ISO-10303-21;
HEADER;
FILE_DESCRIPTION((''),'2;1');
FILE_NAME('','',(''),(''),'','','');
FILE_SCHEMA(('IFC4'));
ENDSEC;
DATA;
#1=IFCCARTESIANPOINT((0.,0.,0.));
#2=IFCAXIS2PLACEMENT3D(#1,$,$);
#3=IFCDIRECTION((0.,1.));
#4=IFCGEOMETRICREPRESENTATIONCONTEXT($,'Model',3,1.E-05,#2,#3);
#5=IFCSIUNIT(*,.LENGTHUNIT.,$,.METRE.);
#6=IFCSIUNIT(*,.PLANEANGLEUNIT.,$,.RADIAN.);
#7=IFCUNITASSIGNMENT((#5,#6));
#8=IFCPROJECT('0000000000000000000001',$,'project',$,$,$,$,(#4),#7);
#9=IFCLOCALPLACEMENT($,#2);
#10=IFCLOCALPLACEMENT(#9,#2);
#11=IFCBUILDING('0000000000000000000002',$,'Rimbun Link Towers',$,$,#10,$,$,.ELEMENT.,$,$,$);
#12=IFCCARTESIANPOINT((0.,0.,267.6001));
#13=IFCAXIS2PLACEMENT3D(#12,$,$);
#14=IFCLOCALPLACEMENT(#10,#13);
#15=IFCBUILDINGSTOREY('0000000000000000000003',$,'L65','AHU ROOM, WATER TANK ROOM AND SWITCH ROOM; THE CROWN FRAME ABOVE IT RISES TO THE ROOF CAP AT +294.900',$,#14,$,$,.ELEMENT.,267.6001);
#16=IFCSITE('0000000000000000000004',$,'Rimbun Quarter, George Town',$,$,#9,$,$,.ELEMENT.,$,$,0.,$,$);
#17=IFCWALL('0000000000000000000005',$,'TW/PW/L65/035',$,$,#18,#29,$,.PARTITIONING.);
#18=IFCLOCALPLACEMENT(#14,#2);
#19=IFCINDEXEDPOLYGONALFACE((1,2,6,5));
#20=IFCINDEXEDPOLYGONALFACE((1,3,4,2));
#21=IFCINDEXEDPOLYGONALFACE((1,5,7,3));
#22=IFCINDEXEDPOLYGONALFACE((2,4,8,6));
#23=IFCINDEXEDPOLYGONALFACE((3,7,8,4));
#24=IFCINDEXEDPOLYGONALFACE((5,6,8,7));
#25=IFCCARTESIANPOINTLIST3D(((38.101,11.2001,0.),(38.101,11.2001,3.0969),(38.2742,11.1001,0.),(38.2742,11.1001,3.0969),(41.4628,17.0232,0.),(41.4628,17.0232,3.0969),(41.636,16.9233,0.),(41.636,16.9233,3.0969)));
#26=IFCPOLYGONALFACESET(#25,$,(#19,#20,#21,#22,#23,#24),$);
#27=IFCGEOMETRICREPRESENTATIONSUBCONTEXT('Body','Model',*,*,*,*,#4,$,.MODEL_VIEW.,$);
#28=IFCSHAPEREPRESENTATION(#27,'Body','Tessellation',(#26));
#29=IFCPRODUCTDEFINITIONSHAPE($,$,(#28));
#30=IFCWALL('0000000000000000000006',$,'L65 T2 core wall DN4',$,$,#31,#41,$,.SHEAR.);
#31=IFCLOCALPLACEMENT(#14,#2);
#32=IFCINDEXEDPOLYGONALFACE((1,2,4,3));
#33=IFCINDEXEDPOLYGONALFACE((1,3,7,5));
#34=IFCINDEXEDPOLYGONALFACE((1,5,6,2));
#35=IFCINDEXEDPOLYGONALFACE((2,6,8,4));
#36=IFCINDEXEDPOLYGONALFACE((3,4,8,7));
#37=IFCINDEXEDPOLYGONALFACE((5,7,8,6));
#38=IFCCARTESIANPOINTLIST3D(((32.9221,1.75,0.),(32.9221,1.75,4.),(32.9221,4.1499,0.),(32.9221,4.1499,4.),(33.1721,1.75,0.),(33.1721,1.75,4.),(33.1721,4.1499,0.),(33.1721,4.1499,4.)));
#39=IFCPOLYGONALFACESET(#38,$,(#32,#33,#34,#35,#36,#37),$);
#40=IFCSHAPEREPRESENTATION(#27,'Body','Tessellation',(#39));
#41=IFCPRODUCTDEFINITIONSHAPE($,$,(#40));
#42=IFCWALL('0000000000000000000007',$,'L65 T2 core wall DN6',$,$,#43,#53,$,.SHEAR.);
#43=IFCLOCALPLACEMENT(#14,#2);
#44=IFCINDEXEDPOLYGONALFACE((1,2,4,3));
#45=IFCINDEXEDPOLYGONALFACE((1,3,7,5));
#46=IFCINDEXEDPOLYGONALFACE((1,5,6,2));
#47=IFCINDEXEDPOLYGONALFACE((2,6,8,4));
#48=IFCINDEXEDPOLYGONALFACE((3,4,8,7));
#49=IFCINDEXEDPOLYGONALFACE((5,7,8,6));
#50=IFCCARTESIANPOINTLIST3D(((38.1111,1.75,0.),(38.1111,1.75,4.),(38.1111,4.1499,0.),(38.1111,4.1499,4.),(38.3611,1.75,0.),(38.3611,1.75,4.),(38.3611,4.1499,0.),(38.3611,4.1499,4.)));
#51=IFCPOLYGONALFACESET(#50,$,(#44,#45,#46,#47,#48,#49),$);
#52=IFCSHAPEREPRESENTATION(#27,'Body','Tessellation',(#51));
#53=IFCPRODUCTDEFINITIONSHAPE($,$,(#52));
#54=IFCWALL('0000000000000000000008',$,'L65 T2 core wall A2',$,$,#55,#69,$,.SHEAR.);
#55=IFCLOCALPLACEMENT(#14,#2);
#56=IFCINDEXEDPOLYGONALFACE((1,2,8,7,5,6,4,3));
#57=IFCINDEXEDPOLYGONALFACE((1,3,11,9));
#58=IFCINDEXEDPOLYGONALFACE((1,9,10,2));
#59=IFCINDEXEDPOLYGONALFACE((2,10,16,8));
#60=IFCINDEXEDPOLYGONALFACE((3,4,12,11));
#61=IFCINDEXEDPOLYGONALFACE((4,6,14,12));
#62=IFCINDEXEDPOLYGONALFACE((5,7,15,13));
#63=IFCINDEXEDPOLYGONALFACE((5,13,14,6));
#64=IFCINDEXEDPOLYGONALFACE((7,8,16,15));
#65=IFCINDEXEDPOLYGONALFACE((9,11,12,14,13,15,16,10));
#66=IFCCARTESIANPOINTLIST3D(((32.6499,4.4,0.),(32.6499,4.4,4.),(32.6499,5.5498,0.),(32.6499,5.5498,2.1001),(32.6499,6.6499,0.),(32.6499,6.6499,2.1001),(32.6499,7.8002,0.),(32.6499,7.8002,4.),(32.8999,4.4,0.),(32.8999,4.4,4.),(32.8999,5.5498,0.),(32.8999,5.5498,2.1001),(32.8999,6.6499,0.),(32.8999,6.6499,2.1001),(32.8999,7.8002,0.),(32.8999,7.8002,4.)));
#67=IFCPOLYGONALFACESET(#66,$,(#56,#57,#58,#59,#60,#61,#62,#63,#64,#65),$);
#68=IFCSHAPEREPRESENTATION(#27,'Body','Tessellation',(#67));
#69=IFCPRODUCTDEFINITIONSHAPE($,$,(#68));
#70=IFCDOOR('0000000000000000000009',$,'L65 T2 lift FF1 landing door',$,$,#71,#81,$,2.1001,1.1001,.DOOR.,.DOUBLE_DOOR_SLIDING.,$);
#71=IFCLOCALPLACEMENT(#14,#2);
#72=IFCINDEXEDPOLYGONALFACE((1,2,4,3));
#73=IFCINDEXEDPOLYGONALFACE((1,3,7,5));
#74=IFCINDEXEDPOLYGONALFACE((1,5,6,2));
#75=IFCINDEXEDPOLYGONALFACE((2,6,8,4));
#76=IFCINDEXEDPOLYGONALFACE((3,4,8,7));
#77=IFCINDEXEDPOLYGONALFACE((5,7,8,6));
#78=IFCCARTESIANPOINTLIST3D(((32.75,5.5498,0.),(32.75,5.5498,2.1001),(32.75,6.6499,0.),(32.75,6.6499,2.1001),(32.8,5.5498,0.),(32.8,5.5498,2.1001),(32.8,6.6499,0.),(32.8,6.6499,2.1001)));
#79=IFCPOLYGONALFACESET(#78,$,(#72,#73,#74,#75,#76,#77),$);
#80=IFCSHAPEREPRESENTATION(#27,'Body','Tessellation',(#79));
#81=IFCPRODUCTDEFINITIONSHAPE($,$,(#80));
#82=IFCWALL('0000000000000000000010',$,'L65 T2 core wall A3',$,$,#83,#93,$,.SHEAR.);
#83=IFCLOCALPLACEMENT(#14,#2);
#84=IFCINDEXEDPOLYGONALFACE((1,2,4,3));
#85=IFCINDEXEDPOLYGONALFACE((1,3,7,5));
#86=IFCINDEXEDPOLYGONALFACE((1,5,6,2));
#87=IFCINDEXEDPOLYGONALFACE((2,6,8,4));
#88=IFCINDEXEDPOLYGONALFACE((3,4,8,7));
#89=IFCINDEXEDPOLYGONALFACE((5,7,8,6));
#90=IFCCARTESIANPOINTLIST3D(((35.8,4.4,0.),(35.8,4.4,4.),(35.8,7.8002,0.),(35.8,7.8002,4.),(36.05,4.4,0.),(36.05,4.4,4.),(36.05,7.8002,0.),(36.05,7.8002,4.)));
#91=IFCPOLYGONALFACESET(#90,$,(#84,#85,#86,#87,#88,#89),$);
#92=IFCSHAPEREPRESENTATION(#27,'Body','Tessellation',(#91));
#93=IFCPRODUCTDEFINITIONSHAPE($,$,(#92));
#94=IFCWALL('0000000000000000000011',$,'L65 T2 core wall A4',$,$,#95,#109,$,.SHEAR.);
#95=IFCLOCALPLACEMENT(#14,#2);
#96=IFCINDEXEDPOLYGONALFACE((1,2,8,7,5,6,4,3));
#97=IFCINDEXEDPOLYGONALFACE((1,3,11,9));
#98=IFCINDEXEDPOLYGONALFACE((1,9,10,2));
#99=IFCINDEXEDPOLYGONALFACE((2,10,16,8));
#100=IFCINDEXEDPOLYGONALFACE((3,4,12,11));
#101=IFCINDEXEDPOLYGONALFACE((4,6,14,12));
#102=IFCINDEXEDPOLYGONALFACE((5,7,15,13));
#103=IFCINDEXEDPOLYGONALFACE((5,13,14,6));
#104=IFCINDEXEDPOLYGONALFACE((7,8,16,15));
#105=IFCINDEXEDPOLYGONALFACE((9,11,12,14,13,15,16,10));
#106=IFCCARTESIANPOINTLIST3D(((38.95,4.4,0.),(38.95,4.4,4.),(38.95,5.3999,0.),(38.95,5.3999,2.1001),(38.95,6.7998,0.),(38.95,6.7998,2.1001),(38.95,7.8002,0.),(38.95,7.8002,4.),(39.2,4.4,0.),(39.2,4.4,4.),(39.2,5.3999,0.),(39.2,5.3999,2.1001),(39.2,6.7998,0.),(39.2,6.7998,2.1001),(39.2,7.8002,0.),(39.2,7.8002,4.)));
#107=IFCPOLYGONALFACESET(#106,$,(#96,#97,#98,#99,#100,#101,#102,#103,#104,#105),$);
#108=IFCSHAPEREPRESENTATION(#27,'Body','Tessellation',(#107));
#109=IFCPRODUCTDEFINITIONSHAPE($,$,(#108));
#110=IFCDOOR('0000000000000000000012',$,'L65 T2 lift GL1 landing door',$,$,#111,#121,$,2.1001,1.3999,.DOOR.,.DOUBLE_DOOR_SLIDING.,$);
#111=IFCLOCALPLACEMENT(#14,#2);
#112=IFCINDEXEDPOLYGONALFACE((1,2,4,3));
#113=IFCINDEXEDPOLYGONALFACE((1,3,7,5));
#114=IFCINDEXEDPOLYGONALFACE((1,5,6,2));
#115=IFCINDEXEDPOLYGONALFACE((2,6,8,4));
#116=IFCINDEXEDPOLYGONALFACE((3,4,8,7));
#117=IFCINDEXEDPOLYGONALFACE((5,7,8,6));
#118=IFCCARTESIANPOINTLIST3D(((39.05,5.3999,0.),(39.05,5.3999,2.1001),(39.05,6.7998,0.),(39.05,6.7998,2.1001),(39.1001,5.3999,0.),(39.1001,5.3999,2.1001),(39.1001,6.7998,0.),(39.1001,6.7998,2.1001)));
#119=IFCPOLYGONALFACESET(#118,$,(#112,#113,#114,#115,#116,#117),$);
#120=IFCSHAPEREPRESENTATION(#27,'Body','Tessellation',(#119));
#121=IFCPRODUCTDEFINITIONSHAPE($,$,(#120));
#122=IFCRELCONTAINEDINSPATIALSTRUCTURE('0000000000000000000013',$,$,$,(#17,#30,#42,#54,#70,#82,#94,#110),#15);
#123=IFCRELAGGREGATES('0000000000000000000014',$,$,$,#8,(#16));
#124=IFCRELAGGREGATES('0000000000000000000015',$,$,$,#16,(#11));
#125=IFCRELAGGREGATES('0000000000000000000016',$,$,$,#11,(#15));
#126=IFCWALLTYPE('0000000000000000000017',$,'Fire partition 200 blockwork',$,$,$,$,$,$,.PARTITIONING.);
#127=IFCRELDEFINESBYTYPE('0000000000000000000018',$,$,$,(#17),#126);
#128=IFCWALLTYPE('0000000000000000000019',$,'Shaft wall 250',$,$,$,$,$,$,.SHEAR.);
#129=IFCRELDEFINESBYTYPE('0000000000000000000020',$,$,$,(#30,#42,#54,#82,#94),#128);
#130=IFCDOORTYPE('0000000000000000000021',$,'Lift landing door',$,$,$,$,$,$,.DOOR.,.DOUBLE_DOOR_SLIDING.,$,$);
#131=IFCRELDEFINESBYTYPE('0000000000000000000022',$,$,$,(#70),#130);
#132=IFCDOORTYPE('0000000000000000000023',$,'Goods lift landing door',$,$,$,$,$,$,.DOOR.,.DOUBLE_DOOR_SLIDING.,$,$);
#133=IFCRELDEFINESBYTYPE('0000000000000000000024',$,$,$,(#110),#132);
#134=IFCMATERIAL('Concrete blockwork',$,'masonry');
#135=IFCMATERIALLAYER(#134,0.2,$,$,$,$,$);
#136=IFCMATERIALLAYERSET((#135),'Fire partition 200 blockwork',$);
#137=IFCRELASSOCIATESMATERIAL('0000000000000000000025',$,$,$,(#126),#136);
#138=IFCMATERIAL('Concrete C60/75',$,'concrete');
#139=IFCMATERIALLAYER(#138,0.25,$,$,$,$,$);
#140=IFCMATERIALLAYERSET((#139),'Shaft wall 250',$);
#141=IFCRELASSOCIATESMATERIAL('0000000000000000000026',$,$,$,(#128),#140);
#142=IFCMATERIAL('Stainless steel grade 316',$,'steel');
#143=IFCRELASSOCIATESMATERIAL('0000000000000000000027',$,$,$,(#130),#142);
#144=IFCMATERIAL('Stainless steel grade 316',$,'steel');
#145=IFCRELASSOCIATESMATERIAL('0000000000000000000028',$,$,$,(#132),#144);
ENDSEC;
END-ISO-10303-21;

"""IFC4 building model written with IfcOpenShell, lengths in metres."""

from ifc_helpers import new_model, si_unit, direction, frame, frame_2d, origin, place, context, subcontext, project, spatial, rectangle, extrude, material, layer, layer_set, type_object, element, fill, save


model = new_model("IFC4")

# Units and contexts
model_context = context("Model", 3, precision=1e-05, world=origin(), true_north=direction((0.0, 1.0)))
body_context = subcontext(model_context, "Body", "Model", "MODEL_VIEW")
ifc_project = project(units=[si_unit("LENGTHUNIT", "METRE"), si_unit("PLANEANGLEUNIT", "RADIAN")], contexts=[model_context])

# Site, building, storey
site_placement = place(None, origin())
site = spatial("IfcSite", under=ifc_project, at=site_placement, Name="Rimbun Quarter, George Town", CompositionType="ELEMENT", RefElevation=0.0)
building_placement = place(site_placement, origin())
building = spatial("IfcBuilding", under=site, at=building_placement, Name="Rimbun Link Towers", CompositionType="ELEMENT")
storey_placement = place(building_placement, frame((0.0, 0.0, 267.6001)))
storey = spatial("IfcBuildingStorey", under=building, at=storey_placement, Name="L65", Description="AHU ROOM, WATER TANK ROOM AND SWITCH ROOM; THE CROWN FRAME ABOVE IT RISES TO THE ROOF CAP AT +294.900", CompositionType="ELEMENT", Elevation=267.6001)

# Shared definitions
ifc_material_1 = material(Name="Concrete blockwork", Category="masonry")
ifc_layer_1 = layer(ifc_material_1, 0.2)
ifc_layer_set_1 = layer_set([ifc_layer_1], Name="Fire partition 200 blockwork")
wall_type_1 = type_object("IfcWallType", Name="Fire partition 200 blockwork", PredefinedType="PARTITIONING", material=ifc_layer_set_1)

# Walls
wall_1_placement = place(storey_placement, frame((41.5493, 16.9731, 0.0), z_axis=(0.0, 0.0, 1.0), x_axis=(-0.499974, -0.86604, 0.0)))
element("IfcWall", 1, at=wall_1_placement, inside=storey, type_object=wall_type_1, Name="TW/PW/L65/035", PredefinedType="PARTITIONING", context=body_context, shape_type="SweptSolid", body=[
    extrude(rectangle(XDim=6.7239, YDim=0.2, at=frame_2d((3.3618, 0.0))), origin(), (0.0, 0.0, 1.0), 3.0969),
])
ifc_material_2 = material(Name="Concrete C60/75", Category="concrete")
ifc_layer_2 = layer(ifc_material_2, 0.25)
ifc_layer_set_2 = layer_set([ifc_layer_2], Name="Shaft wall 250")
wall_type_2 = type_object("IfcWallType", Name="Shaft wall 250", PredefinedType="SHEAR", material=ifc_layer_set_2)
for number, where, z_axis, x_axis, name in (
    (2, (33.0471, 1.75, 0.0), (0.0, 0.0, 1.0), (0.0, 1.0, 0.0), "L65 T2 core wall DN4"),
    (3, (38.2361, 1.75, 0.0), (0.0, 0.0, 1.0), (0.0, 1.0, 0.0), "L65 T2 core wall DN6"),
):
    element("IfcWall", number, at=place(storey_placement, frame(where, z_axis=z_axis, x_axis=x_axis)), inside=storey, type_object=wall_type_2, Name=name, PredefinedType="SHEAR", context=body_context, shape_type="SweptSolid", body=[
        extrude(rectangle(XDim=2.3999, YDim=0.25, at=frame_2d((1.2, 0.0))), origin(), (0.0, 0.0, 1.0), 4.0),
    ])

# Wall, opening, door
wall_2_placement = place(storey_placement, frame((32.7749, 4.3999, 0.0), z_axis=(0.0, 0.0, 1.0), x_axis=(0.0, 1.0, 0.0)))
wall_2 = element("IfcWall", 4, at=wall_2_placement, inside=storey, type_object=wall_type_2, Name="L65 T2 core wall A2", PredefinedType="SHEAR", context=body_context, shape_type="SweptSolid", body=[
    extrude(rectangle(XDim=3.4001, YDim=0.25, at=frame_2d((1.7002, 0.0))), origin(), (0.0, 0.0, 1.0), 4.0),
])
opening_1_placement = place(wall_2_placement, frame((1.1499, 0.0, 0.0)))
opening_1 = element("IfcOpeningElement", 5, at=opening_1_placement, cuts=wall_2, PredefinedType="OPENING", context=body_context, shape_type="SweptSolid", body=[
    extrude(rectangle(XDim=1.1001, YDim=2.1001, at=frame_2d((0.55, 1.05))), frame((0.0, 0.135, 0.0), z_axis=(0.0, -1.0, 0.0), x_axis=(1.0, 0.0, 0.0)), (0.0, 0.0, 1.0), 0.27),
])
ifc_material_3 = material(Name="Stainless steel grade 316", Category="steel")
door_type_1 = type_object("IfcDoorType", Name="Lift landing door", OperationType="DOUBLE_DOOR_SLIDING", PredefinedType="DOOR", material=ifc_material_3)
door_1_placement = place(opening_1_placement, origin())
door_1 = element("IfcDoor", 6, at=door_1_placement, inside=storey, type_object=door_type_1, Name="L65 T2 lift FF1 landing door", OperationType="DOUBLE_DOOR_SLIDING", OverallHeight=2.1001, OverallWidth=1.1001, PredefinedType="DOOR", context=body_context, shape_type="SweptSolid", body=[
    extrude(rectangle(XDim=1.1001, YDim=2.1001, at=frame_2d((0.55, 1.05))), frame((0.0, 0.0249, 0.0), z_axis=(0.0, -1.0, 0.0), x_axis=(1.0, 0.0, 0.0)), (0.0, 0.0, 1.0), 0.05),
])
fill(opening_1, door_1)

# Wall
wall_3_placement = place(storey_placement, frame((35.925, 4.3999, 0.0), z_axis=(0.0, 0.0, 1.0), x_axis=(0.0, 1.0, 0.0)))
element("IfcWall", 7, at=wall_3_placement, inside=storey, type_object=wall_type_2, Name="L65 T2 core wall A3", PredefinedType="SHEAR", context=body_context, shape_type="SweptSolid", body=[
    extrude(rectangle(XDim=3.4001, YDim=0.25, at=frame_2d((1.7002, 0.0))), origin(), (0.0, 0.0, 1.0), 4.0),
])

# Wall, opening, door
wall_4_placement = place(storey_placement, frame((39.075, 4.3999, 0.0), z_axis=(0.0, 0.0, 1.0), x_axis=(0.0, 1.0, 0.0)))
wall_4 = element("IfcWall", 8, at=wall_4_placement, inside=storey, type_object=wall_type_2, Name="L65 T2 core wall A4", PredefinedType="SHEAR", context=body_context, shape_type="SweptSolid", body=[
    extrude(rectangle(XDim=3.4001, YDim=0.25, at=frame_2d((1.7002, 0.0))), origin(), (0.0, 0.0, 1.0), 4.0),
])
opening_2_placement = place(wall_4_placement, frame((1.0, 0.0, 0.0)))
opening_2 = element("IfcOpeningElement", 9, at=opening_2_placement, cuts=wall_4, PredefinedType="OPENING", context=body_context, shape_type="SweptSolid", body=[
    extrude(rectangle(XDim=1.3999, YDim=2.1001, at=frame_2d((0.7, 1.05))), frame((0.0, 0.135, 0.0), z_axis=(0.0, -1.0, 0.0), x_axis=(1.0, 0.0, 0.0)), (0.0, 0.0, 1.0), 0.27),
])
ifc_material_4 = material(Name="Stainless steel grade 316", Category="steel")
door_type_2 = type_object("IfcDoorType", Name="Goods lift landing door", OperationType="DOUBLE_DOOR_SLIDING", PredefinedType="DOOR", material=ifc_material_4)
door_2_placement = place(opening_2_placement, origin())
door_2 = element("IfcDoor", 10, at=door_2_placement, inside=storey, type_object=door_type_2, Name="L65 T2 lift GL1 landing door", OperationType="DOUBLE_DOOR_SLIDING", OverallHeight=2.1001, OverallWidth=1.3999, PredefinedType="DOOR", context=body_context, shape_type="SweptSolid", body=[
    extrude(rectangle(XDim=1.3999, YDim=2.1001, at=frame_2d((0.7, 1.05))), frame((0.0, 0.0249, 0.0), z_axis=(0.0, -1.0, 0.0), x_axis=(1.0, 0.0, 0.0)), (0.0, 0.0, 1.0), 0.05),
])
fill(opening_2, door_2)

save(model, "model.ifc")
